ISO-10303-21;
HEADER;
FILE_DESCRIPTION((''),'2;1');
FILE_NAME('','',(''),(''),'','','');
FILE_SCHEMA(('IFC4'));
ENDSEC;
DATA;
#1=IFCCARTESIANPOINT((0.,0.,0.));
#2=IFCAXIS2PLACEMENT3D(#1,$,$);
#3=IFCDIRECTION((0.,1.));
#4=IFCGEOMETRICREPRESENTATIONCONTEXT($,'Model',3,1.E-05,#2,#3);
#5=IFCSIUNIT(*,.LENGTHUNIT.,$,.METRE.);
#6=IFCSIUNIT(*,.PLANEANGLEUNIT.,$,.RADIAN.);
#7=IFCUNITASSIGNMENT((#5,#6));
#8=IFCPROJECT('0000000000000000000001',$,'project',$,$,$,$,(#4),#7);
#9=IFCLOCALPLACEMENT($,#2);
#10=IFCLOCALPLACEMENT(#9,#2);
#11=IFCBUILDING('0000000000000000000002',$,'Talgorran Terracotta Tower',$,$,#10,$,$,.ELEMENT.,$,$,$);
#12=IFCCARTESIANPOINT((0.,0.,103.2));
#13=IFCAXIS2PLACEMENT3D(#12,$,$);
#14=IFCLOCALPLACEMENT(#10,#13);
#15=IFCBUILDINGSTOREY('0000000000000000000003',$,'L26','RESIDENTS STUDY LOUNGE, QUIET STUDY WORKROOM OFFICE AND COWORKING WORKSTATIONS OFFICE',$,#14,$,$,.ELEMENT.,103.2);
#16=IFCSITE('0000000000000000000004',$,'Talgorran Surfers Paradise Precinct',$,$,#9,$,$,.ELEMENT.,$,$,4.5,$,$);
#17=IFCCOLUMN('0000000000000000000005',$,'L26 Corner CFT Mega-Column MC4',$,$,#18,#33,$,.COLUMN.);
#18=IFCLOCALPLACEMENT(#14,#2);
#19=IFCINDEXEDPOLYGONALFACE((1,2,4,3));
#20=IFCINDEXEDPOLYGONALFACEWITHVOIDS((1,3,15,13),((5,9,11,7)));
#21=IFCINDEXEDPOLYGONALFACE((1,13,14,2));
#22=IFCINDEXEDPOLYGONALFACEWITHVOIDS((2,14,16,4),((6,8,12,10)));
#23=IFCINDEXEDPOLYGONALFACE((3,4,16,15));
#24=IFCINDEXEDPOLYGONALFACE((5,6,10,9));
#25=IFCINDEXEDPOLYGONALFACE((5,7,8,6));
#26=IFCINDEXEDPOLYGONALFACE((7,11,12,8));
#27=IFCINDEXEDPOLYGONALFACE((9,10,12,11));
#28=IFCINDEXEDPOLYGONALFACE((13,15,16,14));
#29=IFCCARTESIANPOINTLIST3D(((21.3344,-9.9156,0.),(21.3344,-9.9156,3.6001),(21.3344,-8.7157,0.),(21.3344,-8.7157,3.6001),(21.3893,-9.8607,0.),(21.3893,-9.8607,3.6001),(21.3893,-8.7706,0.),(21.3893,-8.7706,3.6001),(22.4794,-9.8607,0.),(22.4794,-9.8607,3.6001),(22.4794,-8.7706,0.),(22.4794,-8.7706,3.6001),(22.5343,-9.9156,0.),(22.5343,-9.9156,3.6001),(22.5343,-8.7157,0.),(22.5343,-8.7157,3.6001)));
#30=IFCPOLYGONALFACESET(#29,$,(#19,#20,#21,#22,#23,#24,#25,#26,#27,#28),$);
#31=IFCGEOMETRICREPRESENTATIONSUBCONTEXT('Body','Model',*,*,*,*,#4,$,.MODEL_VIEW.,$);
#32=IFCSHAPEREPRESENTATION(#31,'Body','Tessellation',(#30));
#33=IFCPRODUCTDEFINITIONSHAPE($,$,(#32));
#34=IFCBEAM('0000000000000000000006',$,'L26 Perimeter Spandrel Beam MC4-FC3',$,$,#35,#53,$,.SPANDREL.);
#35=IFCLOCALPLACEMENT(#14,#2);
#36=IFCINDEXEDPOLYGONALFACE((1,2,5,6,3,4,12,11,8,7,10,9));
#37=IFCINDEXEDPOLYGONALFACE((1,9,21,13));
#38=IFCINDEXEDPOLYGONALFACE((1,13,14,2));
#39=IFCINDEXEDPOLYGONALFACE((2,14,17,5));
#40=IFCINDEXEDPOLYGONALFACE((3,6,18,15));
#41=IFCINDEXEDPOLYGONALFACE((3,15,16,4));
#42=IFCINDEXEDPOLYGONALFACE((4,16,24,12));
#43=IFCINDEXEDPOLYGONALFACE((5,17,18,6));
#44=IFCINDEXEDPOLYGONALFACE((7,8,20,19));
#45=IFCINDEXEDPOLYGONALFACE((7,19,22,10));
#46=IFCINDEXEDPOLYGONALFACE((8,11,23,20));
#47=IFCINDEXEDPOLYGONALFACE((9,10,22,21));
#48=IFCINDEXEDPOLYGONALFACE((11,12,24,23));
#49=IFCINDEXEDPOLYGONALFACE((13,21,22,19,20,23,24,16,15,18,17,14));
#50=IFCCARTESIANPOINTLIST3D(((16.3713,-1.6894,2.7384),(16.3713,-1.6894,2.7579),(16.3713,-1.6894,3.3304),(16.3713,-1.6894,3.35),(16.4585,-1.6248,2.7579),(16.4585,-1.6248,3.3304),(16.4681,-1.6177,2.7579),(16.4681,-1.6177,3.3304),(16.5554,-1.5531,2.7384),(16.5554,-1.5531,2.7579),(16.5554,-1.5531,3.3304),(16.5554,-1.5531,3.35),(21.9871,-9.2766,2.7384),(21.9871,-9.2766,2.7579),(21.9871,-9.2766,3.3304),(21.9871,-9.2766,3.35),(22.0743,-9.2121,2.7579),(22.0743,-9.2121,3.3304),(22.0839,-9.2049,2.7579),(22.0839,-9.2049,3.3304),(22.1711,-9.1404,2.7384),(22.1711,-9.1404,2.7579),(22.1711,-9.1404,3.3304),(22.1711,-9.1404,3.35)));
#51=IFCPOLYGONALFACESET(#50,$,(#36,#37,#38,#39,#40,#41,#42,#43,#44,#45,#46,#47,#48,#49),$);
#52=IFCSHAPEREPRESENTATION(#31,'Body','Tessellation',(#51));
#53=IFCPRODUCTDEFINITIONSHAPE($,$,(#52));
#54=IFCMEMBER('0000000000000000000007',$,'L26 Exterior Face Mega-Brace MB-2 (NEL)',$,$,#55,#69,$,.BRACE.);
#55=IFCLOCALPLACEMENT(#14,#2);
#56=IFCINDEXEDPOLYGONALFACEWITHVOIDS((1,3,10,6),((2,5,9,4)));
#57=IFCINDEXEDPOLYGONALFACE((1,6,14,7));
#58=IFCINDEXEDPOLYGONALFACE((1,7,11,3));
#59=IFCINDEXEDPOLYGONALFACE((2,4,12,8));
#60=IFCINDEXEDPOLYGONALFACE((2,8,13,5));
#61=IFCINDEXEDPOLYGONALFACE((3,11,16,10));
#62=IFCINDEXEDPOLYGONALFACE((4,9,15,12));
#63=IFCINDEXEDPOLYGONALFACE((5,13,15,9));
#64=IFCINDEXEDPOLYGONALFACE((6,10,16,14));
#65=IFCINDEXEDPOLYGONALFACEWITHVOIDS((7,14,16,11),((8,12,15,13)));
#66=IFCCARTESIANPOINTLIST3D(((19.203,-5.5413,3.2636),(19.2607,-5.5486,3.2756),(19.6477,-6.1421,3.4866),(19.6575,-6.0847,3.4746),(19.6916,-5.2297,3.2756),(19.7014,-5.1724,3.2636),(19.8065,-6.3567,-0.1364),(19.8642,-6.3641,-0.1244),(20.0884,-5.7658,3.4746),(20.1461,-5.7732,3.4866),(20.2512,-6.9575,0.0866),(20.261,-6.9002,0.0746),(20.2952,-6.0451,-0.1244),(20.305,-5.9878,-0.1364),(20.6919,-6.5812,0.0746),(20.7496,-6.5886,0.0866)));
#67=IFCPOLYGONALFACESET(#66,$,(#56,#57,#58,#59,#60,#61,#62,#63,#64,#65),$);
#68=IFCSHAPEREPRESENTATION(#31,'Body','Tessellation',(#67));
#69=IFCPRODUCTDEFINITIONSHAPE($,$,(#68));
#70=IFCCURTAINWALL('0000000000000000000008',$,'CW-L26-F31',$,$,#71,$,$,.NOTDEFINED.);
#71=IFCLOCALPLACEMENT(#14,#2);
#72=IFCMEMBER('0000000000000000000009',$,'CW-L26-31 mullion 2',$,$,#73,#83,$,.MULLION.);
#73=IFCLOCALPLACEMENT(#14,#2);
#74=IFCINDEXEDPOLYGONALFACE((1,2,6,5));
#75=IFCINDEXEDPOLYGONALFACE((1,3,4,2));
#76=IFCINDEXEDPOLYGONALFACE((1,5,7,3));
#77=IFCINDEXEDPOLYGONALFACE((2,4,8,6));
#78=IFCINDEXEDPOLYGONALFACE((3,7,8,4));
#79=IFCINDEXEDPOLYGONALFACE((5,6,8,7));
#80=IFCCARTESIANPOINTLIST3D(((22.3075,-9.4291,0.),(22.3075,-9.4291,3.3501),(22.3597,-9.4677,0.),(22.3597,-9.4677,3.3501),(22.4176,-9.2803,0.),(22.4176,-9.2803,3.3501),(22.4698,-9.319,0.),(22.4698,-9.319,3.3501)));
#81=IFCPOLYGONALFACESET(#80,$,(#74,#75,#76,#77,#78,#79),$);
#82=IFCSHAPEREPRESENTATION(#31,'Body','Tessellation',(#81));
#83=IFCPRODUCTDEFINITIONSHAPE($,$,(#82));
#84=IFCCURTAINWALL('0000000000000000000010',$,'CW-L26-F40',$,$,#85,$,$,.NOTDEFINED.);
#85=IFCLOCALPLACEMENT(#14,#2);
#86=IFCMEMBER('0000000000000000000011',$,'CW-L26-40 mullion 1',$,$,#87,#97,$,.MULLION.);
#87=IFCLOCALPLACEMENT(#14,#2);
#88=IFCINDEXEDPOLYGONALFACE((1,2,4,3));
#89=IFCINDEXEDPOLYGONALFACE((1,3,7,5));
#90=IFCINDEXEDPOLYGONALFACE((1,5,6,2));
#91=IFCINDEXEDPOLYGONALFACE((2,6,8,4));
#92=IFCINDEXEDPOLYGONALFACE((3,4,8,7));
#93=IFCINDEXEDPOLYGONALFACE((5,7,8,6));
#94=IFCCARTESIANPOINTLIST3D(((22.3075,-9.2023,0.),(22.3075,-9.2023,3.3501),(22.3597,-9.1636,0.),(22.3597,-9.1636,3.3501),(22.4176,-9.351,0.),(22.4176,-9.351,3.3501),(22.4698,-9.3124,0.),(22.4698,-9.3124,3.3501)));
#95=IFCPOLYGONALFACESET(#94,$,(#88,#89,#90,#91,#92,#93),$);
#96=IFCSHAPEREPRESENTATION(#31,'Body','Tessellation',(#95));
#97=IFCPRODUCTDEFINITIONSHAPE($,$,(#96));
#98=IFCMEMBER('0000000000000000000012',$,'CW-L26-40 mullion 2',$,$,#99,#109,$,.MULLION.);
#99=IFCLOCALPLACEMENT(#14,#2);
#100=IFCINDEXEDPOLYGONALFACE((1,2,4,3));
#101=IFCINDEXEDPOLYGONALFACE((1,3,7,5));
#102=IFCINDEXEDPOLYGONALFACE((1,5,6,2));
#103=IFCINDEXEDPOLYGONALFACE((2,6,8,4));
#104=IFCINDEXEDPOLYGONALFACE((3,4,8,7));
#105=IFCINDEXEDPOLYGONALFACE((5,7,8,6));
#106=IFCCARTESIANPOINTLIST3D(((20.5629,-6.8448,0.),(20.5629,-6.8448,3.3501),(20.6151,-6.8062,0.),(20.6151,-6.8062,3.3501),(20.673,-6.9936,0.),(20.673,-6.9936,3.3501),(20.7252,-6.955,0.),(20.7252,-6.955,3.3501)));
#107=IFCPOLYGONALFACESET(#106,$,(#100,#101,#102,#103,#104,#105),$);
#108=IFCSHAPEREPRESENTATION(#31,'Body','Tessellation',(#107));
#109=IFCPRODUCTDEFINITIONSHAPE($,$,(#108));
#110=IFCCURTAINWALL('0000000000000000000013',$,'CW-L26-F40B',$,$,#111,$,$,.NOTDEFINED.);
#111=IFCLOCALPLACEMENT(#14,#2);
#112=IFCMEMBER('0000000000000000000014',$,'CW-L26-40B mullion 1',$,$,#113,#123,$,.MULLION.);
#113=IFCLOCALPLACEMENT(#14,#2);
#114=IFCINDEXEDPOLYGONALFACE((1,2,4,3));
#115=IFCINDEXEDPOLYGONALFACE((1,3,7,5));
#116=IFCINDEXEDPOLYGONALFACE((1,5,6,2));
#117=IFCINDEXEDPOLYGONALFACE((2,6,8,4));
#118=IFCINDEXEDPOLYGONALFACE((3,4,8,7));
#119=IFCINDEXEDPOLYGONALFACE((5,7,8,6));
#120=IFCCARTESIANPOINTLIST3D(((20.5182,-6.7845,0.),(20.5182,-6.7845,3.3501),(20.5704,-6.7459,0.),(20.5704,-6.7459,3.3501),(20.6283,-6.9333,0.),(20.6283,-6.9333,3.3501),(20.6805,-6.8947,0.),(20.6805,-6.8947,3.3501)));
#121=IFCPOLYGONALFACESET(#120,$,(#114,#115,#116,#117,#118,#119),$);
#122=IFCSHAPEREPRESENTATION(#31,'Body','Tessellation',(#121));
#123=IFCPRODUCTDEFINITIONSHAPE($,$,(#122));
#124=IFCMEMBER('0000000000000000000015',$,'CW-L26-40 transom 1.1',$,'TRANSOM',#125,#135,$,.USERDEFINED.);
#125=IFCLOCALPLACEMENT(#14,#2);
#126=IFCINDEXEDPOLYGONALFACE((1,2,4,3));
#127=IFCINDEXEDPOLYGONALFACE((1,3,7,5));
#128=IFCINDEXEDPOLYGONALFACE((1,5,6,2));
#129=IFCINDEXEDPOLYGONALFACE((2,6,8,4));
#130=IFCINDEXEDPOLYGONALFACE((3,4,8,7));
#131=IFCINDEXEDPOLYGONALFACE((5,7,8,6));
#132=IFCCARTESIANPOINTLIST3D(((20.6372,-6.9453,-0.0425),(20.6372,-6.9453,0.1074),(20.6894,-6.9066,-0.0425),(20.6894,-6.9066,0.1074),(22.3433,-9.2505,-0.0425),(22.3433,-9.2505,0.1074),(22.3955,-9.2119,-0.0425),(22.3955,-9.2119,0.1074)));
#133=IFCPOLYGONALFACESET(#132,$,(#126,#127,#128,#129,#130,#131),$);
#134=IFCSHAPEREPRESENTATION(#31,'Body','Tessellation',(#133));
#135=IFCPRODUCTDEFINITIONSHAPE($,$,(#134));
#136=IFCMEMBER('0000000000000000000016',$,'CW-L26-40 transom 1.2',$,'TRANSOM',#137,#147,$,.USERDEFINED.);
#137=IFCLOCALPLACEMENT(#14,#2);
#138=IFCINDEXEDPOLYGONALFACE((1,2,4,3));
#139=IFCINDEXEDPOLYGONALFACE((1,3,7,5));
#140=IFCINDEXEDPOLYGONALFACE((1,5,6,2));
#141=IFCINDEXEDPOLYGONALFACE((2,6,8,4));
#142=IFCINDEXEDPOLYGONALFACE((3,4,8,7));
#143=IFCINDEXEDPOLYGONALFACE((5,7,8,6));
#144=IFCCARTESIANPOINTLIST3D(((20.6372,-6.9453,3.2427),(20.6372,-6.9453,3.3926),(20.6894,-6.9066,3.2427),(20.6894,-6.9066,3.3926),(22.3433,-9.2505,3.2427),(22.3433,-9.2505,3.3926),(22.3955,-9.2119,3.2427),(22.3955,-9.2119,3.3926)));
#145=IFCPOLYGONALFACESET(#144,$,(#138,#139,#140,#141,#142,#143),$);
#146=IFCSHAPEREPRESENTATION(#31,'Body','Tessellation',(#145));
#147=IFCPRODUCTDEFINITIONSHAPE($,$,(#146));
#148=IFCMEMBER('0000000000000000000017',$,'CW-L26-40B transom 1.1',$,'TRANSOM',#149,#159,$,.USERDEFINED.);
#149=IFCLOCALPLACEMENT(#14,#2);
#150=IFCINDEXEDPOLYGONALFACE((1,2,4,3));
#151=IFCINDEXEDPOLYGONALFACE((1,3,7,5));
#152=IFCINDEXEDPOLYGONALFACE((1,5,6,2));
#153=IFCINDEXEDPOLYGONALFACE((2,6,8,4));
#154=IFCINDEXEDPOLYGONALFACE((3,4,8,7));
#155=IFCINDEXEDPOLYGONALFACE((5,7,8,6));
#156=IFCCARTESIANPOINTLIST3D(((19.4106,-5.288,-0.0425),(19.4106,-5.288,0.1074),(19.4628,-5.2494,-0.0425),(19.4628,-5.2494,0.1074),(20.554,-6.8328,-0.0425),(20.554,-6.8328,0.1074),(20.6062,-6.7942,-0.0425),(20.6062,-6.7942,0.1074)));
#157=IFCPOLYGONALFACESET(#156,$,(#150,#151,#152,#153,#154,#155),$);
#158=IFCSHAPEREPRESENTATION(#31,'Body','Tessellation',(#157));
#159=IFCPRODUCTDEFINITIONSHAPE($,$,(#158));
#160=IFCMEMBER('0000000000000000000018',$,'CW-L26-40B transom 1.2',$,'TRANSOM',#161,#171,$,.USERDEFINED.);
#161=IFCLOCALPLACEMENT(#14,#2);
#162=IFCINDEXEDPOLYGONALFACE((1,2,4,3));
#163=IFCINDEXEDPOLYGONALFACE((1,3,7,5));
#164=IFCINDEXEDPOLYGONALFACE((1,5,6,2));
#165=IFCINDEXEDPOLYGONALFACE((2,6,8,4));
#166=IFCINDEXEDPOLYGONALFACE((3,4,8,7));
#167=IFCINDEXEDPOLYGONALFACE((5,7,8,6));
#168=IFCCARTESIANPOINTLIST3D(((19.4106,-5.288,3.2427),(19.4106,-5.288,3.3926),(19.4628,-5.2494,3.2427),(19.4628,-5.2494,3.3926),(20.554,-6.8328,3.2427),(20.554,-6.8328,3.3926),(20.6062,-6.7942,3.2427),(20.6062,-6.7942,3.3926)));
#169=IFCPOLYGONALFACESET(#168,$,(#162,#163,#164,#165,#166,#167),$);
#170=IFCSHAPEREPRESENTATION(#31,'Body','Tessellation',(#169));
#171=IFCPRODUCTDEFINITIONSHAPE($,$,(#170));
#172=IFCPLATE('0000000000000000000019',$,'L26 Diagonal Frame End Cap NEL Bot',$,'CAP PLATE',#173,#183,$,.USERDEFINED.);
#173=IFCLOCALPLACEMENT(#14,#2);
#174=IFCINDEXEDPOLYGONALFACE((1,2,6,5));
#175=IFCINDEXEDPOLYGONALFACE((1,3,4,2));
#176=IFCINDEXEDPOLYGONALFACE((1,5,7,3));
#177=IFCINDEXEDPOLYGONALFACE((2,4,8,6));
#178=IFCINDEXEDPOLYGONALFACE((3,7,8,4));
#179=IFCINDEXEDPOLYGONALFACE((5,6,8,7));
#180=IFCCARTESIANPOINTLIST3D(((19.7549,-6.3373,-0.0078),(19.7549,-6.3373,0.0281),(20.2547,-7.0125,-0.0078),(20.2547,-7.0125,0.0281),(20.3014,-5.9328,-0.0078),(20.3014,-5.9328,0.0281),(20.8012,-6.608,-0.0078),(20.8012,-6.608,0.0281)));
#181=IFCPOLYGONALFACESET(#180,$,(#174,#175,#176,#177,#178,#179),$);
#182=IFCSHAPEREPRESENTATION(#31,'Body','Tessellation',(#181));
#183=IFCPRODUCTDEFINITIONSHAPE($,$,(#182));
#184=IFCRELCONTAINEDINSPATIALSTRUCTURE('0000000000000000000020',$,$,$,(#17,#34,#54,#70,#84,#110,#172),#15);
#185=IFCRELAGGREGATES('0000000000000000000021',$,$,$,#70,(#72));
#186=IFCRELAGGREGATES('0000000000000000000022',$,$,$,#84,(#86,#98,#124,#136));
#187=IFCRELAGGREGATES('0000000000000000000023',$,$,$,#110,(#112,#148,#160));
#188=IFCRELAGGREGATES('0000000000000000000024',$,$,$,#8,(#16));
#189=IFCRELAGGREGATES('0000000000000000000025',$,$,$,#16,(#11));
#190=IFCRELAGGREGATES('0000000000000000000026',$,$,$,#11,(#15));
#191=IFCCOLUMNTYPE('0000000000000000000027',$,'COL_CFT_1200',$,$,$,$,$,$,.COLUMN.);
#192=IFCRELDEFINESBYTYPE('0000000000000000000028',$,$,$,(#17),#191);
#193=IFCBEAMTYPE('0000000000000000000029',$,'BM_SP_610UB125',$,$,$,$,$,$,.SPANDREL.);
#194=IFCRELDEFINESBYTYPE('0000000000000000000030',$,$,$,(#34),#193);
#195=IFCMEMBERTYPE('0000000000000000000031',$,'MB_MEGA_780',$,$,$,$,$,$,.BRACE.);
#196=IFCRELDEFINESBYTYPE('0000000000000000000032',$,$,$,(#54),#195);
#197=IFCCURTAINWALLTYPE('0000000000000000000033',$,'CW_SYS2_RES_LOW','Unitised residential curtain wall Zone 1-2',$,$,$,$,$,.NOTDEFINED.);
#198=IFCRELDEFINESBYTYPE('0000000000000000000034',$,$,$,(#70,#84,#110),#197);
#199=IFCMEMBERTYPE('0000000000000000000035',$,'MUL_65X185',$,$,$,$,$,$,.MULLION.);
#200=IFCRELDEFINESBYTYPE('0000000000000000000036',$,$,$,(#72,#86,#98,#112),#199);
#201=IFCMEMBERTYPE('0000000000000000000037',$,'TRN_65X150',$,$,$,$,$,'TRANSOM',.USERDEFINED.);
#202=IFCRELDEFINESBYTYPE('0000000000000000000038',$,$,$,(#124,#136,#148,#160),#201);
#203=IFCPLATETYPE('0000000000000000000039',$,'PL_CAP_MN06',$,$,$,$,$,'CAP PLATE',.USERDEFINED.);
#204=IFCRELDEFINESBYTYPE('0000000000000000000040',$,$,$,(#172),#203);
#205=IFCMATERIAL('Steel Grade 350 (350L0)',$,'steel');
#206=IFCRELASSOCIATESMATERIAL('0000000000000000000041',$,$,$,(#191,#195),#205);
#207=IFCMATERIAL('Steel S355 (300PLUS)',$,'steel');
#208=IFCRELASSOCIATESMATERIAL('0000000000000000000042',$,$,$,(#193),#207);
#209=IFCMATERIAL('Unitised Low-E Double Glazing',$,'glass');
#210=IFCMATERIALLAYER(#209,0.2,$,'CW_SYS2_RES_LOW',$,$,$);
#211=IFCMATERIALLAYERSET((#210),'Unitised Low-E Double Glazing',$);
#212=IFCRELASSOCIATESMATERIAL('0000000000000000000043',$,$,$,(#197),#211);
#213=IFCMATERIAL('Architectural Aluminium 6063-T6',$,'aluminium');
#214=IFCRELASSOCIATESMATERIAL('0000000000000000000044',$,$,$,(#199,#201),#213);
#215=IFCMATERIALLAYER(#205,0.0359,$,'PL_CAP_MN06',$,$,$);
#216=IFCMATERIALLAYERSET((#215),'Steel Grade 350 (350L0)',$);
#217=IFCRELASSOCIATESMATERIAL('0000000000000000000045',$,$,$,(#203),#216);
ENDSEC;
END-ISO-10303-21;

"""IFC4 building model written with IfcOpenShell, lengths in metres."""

from ifc_helpers import new_model, si_unit, direction, frame, origin, origin_2d, place, context, subcontext, project, spatial, rectangle, hollow_rectangle, i_section, extrude, material, layer, layer_set, material_profile, profile_set, type_object, element, aggregate, save


model = new_model("IFC4")

# Units and contexts
model_context = context("Model", 3, precision=1e-05, world=origin(), true_north=direction((0.0, 1.0)))
body_context = subcontext(model_context, "Body", "Model", "MODEL_VIEW")
ifc_project = project(units=[si_unit("LENGTHUNIT", "METRE"), si_unit("PLANEANGLEUNIT", "RADIAN")], contexts=[model_context])

# Site, building, storey
site_placement = place(None, origin())
site = spatial("IfcSite", under=ifc_project, at=site_placement, Name="Talgorran Surfers Paradise Precinct", CompositionType="ELEMENT", RefElevation=4.5)
building_placement = place(site_placement, origin())
building = spatial("IfcBuilding", under=site, at=building_placement, Name="Talgorran Terracotta Tower", CompositionType="ELEMENT")
storey_placement = place(building_placement, frame((0.0, 0.0, 103.2)))
storey = spatial("IfcBuildingStorey", under=building, at=storey_placement, Name="L26", Description="RESIDENTS STUDY LOUNGE, QUIET STUDY WORKROOM OFFICE AND COWORKING WORKSTATIONS OFFICE", CompositionType="ELEMENT", Elevation=103.2)

# Column
ifc_material_1 = material(Name="Steel Grade 350 (350L0)", Category="steel")
ifc_material_profile_1 = material_profile(ifc_material_1, hollow_rectangle(XDim=1.2, YDim=1.2, WallThickness=0.0549, at=origin_2d()), Name="CFT1200X1200X55")
ifc_profile_set_1 = profile_set([ifc_material_profile_1], Name="Steel Grade 350 (350L0)")
column_type = type_object("IfcColumnType", Name="COL_CFT_1200", PredefinedType="COLUMN", material=ifc_profile_set_1)
column_placement = place(storey_placement, frame((21.9343, -9.3157, 0.0), z_axis=(0.0, 0.0, 1.0), x_axis=(1.0, 0.0, 0.0)))
element("IfcColumn", 1, at=column_placement, inside=storey, type_object=column_type, Name="L26 Corner CFT Mega-Column MC4", PredefinedType="COLUMN", context=body_context, shape_type="SweptSolid", body=[
    extrude(hollow_rectangle(XDim=1.2, YDim=1.2, WallThickness=0.0549, at=origin_2d()), origin(), (0.0, 0.0, 1.0), 3.6001),
])

# Beam
ifc_material_2 = material(Name="Steel S355 (300PLUS)", Category="steel")
ifc_material_profile_2 = material_profile(ifc_material_2, i_section(OverallWidth=0.229, OverallDepth=0.6116, WebThickness=0.012, FlangeThickness=0.0195, at=origin_2d()), Name="610UB125")
ifc_profile_set_2 = profile_set([ifc_material_profile_2], Name="Steel S355 (300PLUS)")
beam_type = type_object("IfcBeamType", Name="BM_SP_610UB125", PredefinedType="SPANDREL", material=ifc_profile_set_2)
beam_placement = place(storey_placement, frame((22.0791, -9.2085, 3.0442), z_axis=(-0.594927, 0.80378, 0.0), x_axis=(-0.80378, -0.594927, 0.0)))
element("IfcBeam", 2, at=beam_placement, inside=storey, type_object=beam_type, Name="L26 Perimeter Spandrel Beam MC4-FC3", PredefinedType="SPANDREL", context=body_context, shape_type="SweptSolid", body=[
    extrude(i_section(OverallWidth=0.229, OverallDepth=0.6116, WebThickness=0.012, FlangeThickness=0.0195, at=origin_2d()), origin(), (0.0, 0.0, 1.0), 9.4395),
])

# Member
ifc_material_profile_3 = material_profile(ifc_material_1, hollow_rectangle(XDim=0.6201, YDim=0.78, WallThickness=0.042, at=origin_2d()), Name="WBOX780X620X42")
ifc_profile_set_3 = profile_set([ifc_material_profile_3], Name="Steel Grade 350 (350L0)")
member_type_1 = type_object("IfcMemberType", Name="MB_MEGA_780", PredefinedType="BRACE", material=ifc_profile_set_3)
member_1_placement = place(storey_placement, frame((20.2781, -6.4727, -0.0249), z_axis=(-0.170099, 0.229826, 0.958252), x_axis=(-0.803796, -0.594905, 0.0)))
element("IfcMember", 3, at=member_1_placement, inside=storey, type_object=member_type_1, Name="L26 Exterior Face Mega-Brace MB-2 (NEL)", PredefinedType="BRACE", context=body_context, shape_type="SweptSolid", body=[
    extrude(hollow_rectangle(XDim=0.6201, YDim=0.78, WallThickness=0.042, at=origin_2d()), origin(), (0.0, 0.0, 1.0), 3.5481),
])

# Curtain wall, member
ifc_material_3 = material(Name="Unitised Low-E Double Glazing", Category="glass")
ifc_layer_1 = layer(ifc_material_3, 0.2, Name="CW_SYS2_RES_LOW")
ifc_layer_set_1 = layer_set([ifc_layer_1], Name="Unitised Low-E Double Glazing")
curtain_wall_type = type_object("IfcCurtainWallType", Name="CW_SYS2_RES_LOW", Description="Unitised residential curtain wall Zone 1-2", PredefinedType="NOTDEFINED", material=ifc_layer_set_1)
curtain_wall_1_placement = place(storey_placement, origin())
curtain_wall_1 = element("IfcCurtainWall", 4, at=curtain_wall_1_placement, inside=storey, type_object=curtain_wall_type, Name="CW-L26-F31", PredefinedType="NOTDEFINED")
ifc_material_4 = material(Name="Architectural Aluminium 6063-T6", Category="aluminium")
ifc_material_profile_4 = material_profile(ifc_material_4, rectangle(XDim=0.0649, YDim=0.1851, at=origin_2d()), Name="CWM65X185")
ifc_profile_set_4 = profile_set([ifc_material_profile_4], Name="Architectural Aluminium 6063-T6")
member_type_2 = type_object("IfcMemberType", Name="MUL_65X185", PredefinedType="MULLION", material=ifc_profile_set_4)
member_2_placement = place(storey_placement, frame((22.3887, -9.374, 0.0), z_axis=(0.0, 0.0, 1.0), x_axis=(-0.803792, 0.594911, 0.0)))
member_2 = element("IfcMember", 5, at=member_2_placement, type_object=member_type_2, Name="CW-L26-31 mullion 2", PredefinedType="MULLION", context=body_context, shape_type="SweptSolid", body=[
    extrude(rectangle(XDim=0.0649, YDim=0.1851, at=origin_2d()), origin(), (0.0, 0.0, 1.0), 3.3501),
])

# Curtain wall, members
curtain_wall_2_placement = place(storey_placement, origin())
curtain_wall_2 = element("IfcCurtainWall", 6, at=curtain_wall_2_placement, inside=storey, type_object=curtain_wall_type, Name="CW-L26-F40", PredefinedType="NOTDEFINED")
member_3_placement = place(storey_placement, frame((22.3887, -9.2573, 0.0), z_axis=(0.0, 0.0, 1.0), x_axis=(-0.803783, -0.594923, 0.0)))
member_3 = element("IfcMember", 7, at=member_3_placement, type_object=member_type_2, Name="CW-L26-40 mullion 1", PredefinedType="MULLION", context=body_context, shape_type="SweptSolid", body=[
    extrude(rectangle(XDim=0.0649, YDim=0.1851, at=origin_2d()), origin(), (0.0, 0.0, 1.0), 3.3501),
])
member_4_placement = place(storey_placement, frame((20.644, -6.8999, 0.0), z_axis=(0.0, 0.0, 1.0), x_axis=(-0.803783, -0.594923, 0.0)))
member_4 = element("IfcMember", 8, at=member_4_placement, type_object=member_type_2, Name="CW-L26-40 mullion 2", PredefinedType="MULLION", context=body_context, shape_type="SweptSolid", body=[
    extrude(rectangle(XDim=0.0649, YDim=0.1851, at=origin_2d()), origin(), (0.0, 0.0, 1.0), 3.3501),
])

# Curtain wall, member
curtain_wall_3_placement = place(storey_placement, origin())
curtain_wall_3 = element("IfcCurtainWall", 9, at=curtain_wall_3_placement, inside=storey, type_object=curtain_wall_type, Name="CW-L26-F40B", PredefinedType="NOTDEFINED")
member_5_placement = place(storey_placement, frame((20.5994, -6.8396, 0.0), z_axis=(0.0, 0.0, 1.0), x_axis=(-0.803791, -0.594912, 0.0)))
member_5 = element("IfcMember", 10, at=member_5_placement, type_object=member_type_2, Name="CW-L26-40B mullion 1", PredefinedType="MULLION", context=body_context, shape_type="SweptSolid", body=[
    extrude(rectangle(XDim=0.0649, YDim=0.1851, at=origin_2d()), origin(), (0.0, 0.0, 1.0), 3.3501),
])

# Members
ifc_material_profile_5 = material_profile(ifc_material_4, rectangle(XDim=0.0649, YDim=0.1499, at=origin_2d()), Name="CWT65X150")
ifc_profile_set_5 = profile_set([ifc_material_profile_5], Name="Architectural Aluminium 6063-T6")
member_type_3 = type_object("IfcMemberType", Name="TRN_65X150", ElementType="TRANSOM", PredefinedType="USERDEFINED", material=ifc_profile_set_5)
member_6_placement = place(storey_placement, frame((22.3694, -9.2312, 0.0325), z_axis=(-0.594894, 0.803804, 0.0), x_axis=(-0.803804, -0.594894, 0.0)))
member_6 = element("IfcMember", 11, at=member_6_placement, type_object=member_type_3, Name="CW-L26-40 transom 1.1", ObjectType="TRANSOM", PredefinedType="USERDEFINED", context=body_context, shape_type="SweptSolid", body=[
    extrude(rectangle(XDim=0.0649, YDim=0.1499, at=origin_2d()), origin(), (0.0, 0.0, 1.0), 2.8679),
])
member_7_placement = place(storey_placement, frame((22.3694, -9.2312, 3.3176), z_axis=(-0.594894, 0.803804, 0.0), x_axis=(-0.803804, -0.594894, 0.0)))
member_7 = element("IfcMember", 12, at=member_7_placement, type_object=member_type_3, Name="CW-L26-40 transom 1.2", ObjectType="TRANSOM", PredefinedType="USERDEFINED", context=body_context, shape_type="SweptSolid", body=[
    extrude(rectangle(XDim=0.0649, YDim=0.1499, at=origin_2d()), origin(), (0.0, 0.0, 1.0), 2.8679),
])
member_8_placement = place(storey_placement, frame((20.5801, -6.8135, 0.0325), z_axis=(-0.594927, 0.80378, 0.0), x_axis=(-0.80378, -0.594927, 0.0)))
member_8 = element("IfcMember", 13, at=member_8_placement, type_object=member_type_3, Name="CW-L26-40B transom 1.1", ObjectType="TRANSOM", PredefinedType="USERDEFINED", context=body_context, shape_type="SweptSolid", body=[
    extrude(rectangle(XDim=0.0649, YDim=0.1499, at=origin_2d()), origin(), (0.0, 0.0, 1.0), 1.9219),
])
member_9_placement = place(storey_placement, frame((20.5801, -6.8135, 3.3176), z_axis=(-0.594927, 0.80378, 0.0), x_axis=(-0.80378, -0.594927, 0.0)))
member_9 = element("IfcMember", 14, at=member_9_placement, type_object=member_type_3, Name="CW-L26-40B transom 1.2", ObjectType="TRANSOM", PredefinedType="USERDEFINED", context=body_context, shape_type="SweptSolid", body=[
    extrude(rectangle(XDim=0.0649, YDim=0.1499, at=origin_2d()), origin(), (0.0, 0.0, 1.0), 1.9219),
])

# Plate
ifc_layer_2 = layer(ifc_material_1, 0.0359, Name="PL_CAP_MN06")
ifc_layer_set_2 = layer_set([ifc_layer_2], Name="Steel Grade 350 (350L0)")
plate_type_1 = type_object("IfcPlateType", Name="PL_CAP_MN06", ElementType="CAP PLATE", PredefinedType="USERDEFINED", material=ifc_layer_set_2)
for number, where, z_axis, x_axis, name in (
    (15, (20.2781, -6.4727, -0.0078), (0.0, 0.0, 1.0), (-0.594963, 0.803753, 0.0), "L26 Diagonal Frame End Cap NEL Bot"),
):
    element("IfcPlate", number, at=place(storey_placement, frame(where, z_axis=z_axis, x_axis=x_axis)), inside=storey, type_object=plate_type_1, Name=name, ObjectType="CAP PLATE", PredefinedType="USERDEFINED", context=body_context, shape_type="SweptSolid", body=[
        extrude(rectangle(XDim=0.8401, YDim=0.6799, at=origin_2d()), origin(), (0.0, 0.0, 1.0), 0.0359),
    ])

aggregate(curtain_wall_1, [member_2])
aggregate(curtain_wall_2, [member_3, member_4, member_6, member_7])
aggregate(curtain_wall_3, [member_5, member_8, member_9])

save(model, "model.ifc")
